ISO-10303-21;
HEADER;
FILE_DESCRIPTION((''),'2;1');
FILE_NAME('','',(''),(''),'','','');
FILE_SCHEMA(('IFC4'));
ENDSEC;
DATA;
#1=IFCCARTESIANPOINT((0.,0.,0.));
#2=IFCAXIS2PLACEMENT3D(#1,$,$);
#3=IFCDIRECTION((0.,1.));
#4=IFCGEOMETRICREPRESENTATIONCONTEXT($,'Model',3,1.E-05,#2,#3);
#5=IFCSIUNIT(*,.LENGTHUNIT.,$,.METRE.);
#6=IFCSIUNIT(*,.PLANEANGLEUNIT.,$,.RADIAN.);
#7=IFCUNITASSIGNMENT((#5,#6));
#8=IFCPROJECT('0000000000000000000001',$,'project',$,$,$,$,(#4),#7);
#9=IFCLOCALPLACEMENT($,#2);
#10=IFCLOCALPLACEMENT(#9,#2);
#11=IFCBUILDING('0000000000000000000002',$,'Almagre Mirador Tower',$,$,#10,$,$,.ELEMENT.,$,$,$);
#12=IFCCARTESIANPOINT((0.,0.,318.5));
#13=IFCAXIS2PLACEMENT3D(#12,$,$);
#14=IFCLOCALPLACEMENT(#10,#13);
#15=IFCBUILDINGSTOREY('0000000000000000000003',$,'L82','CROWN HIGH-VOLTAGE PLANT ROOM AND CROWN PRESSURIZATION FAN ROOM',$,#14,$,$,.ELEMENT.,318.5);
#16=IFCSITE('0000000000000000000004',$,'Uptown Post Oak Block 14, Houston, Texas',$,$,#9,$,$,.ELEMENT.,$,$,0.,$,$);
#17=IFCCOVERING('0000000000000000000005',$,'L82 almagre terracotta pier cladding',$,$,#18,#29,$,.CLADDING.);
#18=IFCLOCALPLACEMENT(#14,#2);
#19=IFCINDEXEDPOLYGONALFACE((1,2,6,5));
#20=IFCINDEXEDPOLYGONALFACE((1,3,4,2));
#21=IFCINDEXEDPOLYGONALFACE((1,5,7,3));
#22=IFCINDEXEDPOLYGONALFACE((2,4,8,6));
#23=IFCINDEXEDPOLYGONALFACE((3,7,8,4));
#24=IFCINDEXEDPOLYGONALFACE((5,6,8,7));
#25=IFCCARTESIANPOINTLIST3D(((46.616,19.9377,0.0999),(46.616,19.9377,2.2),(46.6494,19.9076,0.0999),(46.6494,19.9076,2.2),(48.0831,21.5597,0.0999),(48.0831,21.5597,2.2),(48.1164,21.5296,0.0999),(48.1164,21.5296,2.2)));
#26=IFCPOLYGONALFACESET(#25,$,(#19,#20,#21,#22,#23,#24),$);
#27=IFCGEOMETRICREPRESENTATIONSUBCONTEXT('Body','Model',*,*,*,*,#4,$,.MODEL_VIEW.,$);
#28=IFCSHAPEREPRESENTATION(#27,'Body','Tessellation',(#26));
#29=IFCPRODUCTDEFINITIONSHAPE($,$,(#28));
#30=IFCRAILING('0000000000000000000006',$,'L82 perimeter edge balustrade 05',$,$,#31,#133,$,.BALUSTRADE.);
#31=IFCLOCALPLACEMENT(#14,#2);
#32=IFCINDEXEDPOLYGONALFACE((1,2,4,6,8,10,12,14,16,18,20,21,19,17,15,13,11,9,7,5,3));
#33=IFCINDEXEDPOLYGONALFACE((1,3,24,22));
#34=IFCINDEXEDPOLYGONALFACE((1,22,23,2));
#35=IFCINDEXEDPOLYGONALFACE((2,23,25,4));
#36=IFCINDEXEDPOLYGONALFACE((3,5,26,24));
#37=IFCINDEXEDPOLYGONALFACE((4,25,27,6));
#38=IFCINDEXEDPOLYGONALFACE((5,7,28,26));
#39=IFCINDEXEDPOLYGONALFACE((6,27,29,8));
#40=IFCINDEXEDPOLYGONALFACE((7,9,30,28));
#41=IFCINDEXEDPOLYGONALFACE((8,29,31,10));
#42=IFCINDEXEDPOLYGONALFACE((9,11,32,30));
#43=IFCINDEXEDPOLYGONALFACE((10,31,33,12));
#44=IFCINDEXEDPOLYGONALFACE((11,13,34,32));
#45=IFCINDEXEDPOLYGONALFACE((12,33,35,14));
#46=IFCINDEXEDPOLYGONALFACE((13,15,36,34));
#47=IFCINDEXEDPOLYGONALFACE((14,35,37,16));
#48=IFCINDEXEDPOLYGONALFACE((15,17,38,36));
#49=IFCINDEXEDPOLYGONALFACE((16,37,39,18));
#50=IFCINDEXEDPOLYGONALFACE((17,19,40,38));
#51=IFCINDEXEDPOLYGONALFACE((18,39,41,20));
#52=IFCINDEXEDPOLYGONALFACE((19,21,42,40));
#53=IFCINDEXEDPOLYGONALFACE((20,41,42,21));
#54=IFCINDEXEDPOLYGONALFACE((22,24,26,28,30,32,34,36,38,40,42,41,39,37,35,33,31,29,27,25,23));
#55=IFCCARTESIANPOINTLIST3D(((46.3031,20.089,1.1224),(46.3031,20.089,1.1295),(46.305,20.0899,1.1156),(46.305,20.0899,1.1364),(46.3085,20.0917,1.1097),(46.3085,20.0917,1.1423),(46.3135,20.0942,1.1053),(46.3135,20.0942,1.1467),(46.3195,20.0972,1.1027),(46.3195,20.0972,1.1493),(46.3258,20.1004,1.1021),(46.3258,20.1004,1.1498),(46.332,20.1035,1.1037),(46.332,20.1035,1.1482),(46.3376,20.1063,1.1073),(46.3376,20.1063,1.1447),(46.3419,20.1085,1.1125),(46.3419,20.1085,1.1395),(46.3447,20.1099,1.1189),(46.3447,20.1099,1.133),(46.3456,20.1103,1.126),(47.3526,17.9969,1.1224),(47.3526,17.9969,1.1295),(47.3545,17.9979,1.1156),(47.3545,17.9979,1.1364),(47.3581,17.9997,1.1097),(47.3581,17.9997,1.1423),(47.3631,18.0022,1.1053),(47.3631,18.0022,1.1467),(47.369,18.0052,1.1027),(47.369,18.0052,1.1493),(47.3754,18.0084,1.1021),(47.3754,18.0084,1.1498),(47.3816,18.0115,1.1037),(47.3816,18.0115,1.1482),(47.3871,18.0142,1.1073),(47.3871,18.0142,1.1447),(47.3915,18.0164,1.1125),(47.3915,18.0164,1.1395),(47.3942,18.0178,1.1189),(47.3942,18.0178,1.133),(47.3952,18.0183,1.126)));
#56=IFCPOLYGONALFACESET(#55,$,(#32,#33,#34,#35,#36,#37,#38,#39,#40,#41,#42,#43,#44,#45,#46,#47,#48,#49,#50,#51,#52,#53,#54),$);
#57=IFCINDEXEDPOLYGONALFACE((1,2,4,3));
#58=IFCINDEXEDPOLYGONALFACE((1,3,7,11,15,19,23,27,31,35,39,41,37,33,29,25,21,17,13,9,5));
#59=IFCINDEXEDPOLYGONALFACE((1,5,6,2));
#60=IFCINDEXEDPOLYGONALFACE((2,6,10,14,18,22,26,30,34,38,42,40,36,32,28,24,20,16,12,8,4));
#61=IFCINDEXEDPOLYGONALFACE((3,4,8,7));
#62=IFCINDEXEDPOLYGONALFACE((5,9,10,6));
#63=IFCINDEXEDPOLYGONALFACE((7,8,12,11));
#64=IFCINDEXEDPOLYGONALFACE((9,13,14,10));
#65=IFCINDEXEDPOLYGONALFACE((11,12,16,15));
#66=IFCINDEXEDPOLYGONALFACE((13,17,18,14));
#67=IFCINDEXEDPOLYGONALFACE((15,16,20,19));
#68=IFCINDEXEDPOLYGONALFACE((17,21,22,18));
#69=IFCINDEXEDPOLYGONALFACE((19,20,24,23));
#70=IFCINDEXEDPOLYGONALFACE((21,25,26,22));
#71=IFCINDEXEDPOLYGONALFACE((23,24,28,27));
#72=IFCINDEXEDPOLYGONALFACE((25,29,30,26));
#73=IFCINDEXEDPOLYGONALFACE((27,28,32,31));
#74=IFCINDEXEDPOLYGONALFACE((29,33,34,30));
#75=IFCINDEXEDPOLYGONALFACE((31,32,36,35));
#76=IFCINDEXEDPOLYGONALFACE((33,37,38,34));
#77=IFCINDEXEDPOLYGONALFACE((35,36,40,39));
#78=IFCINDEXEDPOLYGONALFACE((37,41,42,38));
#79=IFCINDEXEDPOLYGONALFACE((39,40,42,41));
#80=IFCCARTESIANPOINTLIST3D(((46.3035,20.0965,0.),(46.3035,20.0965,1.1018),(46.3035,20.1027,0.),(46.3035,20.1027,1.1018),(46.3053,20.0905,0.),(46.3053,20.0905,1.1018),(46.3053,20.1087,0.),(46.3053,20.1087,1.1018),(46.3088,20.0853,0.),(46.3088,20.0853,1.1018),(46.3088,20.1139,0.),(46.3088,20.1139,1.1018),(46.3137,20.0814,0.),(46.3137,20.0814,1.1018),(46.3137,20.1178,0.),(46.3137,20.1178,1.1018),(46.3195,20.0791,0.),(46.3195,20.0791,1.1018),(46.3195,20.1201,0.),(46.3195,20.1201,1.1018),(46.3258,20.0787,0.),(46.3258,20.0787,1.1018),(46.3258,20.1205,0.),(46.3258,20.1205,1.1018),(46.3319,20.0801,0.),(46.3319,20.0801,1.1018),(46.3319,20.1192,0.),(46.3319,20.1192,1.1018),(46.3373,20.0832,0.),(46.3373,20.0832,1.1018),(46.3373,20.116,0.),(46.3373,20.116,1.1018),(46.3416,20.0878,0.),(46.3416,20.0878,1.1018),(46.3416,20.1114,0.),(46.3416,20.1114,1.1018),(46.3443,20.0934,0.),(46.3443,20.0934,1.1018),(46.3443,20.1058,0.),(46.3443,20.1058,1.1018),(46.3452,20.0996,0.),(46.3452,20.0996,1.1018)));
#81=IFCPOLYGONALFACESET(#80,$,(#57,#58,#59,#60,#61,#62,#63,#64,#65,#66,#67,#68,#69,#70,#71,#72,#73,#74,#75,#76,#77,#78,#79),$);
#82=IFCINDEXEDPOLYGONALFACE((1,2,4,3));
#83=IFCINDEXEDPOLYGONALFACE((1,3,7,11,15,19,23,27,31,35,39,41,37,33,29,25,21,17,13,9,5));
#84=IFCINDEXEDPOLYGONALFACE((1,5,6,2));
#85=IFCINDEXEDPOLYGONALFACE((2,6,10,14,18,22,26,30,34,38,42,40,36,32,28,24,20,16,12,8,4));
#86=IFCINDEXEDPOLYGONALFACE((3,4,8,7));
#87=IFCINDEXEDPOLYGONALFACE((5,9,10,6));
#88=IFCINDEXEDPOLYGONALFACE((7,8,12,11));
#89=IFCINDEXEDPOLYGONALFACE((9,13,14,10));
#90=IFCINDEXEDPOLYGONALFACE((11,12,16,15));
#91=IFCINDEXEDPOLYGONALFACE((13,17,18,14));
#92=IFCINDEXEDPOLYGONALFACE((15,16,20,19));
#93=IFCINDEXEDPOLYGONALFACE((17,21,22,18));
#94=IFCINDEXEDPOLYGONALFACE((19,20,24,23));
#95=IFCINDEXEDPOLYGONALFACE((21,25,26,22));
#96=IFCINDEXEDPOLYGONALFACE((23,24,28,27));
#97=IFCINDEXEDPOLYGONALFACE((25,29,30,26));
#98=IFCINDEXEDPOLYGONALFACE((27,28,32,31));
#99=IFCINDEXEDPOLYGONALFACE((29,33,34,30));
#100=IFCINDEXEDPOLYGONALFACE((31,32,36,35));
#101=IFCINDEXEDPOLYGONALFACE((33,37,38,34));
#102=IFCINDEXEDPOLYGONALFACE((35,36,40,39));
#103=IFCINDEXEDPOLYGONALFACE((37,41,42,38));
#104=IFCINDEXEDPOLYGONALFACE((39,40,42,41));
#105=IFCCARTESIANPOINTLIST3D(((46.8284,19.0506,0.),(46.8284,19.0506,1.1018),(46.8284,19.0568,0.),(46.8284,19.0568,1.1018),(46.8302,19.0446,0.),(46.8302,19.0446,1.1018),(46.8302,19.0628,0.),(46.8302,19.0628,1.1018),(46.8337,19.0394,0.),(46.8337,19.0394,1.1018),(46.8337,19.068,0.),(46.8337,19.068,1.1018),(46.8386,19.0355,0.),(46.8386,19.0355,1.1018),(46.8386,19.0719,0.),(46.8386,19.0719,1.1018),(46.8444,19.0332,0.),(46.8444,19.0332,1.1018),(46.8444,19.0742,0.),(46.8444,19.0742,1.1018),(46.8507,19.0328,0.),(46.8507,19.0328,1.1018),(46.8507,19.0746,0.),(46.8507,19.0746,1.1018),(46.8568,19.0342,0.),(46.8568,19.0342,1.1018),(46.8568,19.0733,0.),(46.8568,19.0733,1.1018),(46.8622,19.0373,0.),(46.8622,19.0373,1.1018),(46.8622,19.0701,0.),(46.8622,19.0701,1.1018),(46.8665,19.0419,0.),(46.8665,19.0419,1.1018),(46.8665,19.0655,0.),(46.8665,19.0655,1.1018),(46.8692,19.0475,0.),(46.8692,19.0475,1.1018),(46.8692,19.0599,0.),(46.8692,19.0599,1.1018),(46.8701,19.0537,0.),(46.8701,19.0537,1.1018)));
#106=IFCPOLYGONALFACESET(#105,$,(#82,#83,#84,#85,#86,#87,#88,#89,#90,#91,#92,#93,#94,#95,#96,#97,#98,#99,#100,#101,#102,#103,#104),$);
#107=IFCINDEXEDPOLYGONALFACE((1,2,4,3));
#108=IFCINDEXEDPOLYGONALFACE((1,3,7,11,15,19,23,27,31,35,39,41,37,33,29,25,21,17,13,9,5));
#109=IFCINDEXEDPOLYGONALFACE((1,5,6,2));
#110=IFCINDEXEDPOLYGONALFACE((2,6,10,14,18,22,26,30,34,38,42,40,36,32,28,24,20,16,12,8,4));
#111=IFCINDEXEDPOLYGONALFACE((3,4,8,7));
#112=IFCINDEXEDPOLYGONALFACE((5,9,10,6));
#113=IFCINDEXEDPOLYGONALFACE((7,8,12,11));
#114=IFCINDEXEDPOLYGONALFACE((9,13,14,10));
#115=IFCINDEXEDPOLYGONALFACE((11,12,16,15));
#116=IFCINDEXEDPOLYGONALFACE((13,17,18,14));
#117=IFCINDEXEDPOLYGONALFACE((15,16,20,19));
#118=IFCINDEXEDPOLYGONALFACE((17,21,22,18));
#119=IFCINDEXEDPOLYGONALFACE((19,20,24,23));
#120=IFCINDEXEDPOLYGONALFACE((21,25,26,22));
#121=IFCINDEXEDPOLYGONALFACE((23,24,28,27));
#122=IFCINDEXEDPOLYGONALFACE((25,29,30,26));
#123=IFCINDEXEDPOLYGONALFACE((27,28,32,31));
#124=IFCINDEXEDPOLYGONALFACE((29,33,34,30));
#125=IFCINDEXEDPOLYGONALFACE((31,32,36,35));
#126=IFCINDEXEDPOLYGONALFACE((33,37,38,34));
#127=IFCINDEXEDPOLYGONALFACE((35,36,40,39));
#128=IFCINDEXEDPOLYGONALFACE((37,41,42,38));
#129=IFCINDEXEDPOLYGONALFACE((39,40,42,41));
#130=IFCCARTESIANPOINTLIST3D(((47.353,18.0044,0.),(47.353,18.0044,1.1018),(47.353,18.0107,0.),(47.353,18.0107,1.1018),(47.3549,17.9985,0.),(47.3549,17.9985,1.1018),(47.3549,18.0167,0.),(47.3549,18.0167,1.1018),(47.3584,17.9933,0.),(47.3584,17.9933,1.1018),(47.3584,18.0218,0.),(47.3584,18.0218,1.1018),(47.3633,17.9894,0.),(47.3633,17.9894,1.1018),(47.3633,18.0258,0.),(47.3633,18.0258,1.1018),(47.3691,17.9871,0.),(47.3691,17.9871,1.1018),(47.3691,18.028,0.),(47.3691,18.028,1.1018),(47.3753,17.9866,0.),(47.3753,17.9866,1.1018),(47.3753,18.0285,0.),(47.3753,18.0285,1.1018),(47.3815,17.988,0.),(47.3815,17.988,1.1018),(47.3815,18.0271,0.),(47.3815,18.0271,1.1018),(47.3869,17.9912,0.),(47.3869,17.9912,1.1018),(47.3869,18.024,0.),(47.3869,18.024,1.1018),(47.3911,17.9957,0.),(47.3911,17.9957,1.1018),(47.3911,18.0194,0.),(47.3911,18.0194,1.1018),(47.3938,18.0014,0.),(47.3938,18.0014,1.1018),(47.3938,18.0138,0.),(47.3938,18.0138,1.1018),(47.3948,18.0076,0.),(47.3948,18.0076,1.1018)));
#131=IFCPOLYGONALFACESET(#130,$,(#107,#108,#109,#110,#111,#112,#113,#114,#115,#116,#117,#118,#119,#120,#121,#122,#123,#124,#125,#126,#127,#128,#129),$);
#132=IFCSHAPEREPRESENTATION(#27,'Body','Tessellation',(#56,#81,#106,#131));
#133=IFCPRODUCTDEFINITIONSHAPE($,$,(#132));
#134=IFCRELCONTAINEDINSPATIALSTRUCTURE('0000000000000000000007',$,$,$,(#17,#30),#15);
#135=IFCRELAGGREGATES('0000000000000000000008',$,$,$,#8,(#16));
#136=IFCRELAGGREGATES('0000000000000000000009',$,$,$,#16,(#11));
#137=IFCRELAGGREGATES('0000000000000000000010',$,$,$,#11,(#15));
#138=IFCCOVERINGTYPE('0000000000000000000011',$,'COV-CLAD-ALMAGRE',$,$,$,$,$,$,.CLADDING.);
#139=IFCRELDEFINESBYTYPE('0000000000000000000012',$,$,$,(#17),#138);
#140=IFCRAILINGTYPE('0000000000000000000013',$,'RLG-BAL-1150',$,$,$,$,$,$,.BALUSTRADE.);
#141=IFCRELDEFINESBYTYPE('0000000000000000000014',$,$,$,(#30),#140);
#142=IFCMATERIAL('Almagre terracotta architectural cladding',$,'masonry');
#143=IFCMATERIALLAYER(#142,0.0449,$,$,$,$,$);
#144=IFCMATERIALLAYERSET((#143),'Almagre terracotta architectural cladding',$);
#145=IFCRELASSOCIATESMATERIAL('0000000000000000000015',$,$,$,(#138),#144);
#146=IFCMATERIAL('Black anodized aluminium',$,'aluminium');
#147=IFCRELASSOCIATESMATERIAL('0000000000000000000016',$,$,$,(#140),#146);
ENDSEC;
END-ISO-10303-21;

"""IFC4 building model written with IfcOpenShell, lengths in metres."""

from ifc_helpers import new_model, si_unit, direction, frame, origin, origin_2d, place, context, subcontext, project, spatial, rectangle, circle, extrude, material, layer, layer_set, type_object, element, save


model = new_model("IFC4")

# Units and contexts
model_context = context("Model", 3, precision=1e-05, world=origin(), true_north=direction((0.0, 1.0)))
body_context = subcontext(model_context, "Body", "Model", "MODEL_VIEW")
ifc_project = project(units=[si_unit("LENGTHUNIT", "METRE"), si_unit("PLANEANGLEUNIT", "RADIAN")], contexts=[model_context])

# Site, building, storey
site_placement = place(None, origin())
site = spatial("IfcSite", under=ifc_project, at=site_placement, Name="Uptown Post Oak Block 14, Houston, Texas", CompositionType="ELEMENT", RefElevation=0.0)
building_placement = place(site_placement, origin())
building = spatial("IfcBuilding", under=site, at=building_placement, Name="Almagre Mirador Tower", CompositionType="ELEMENT")
storey_placement = place(building_placement, frame((0.0, 0.0, 318.5)))
storey = spatial("IfcBuildingStorey", under=building, at=storey_placement, Name="L82", Description="CROWN HIGH-VOLTAGE PLANT ROOM AND CROWN PRESSURIZATION FAN ROOM", CompositionType="ELEMENT", Elevation=318.5)

# Covering
ifc_material_1 = material(Name="Almagre terracotta architectural cladding", Category="masonry")
ifc_layer_1 = layer(ifc_material_1, 0.0449)
ifc_layer_set_1 = layer_set([ifc_layer_1], Name="Almagre terracotta architectural cladding")
covering_type = type_object("IfcCoveringType", Name="COV-CLAD-ALMAGRE", PredefinedType="CLADDING", material=ifc_layer_set_1)
covering_placement = place(storey_placement, frame((47.3662, 20.7336, 0.0999), z_axis=(0.0, 0.0, 1.0), x_axis=(-0.670789, -0.741648, 0.0)))
element("IfcCovering", 1, at=covering_placement, inside=storey, type_object=covering_type, Name="L82 almagre terracotta pier cladding", PredefinedType="CLADDING", context=body_context, shape_type="SweptSolid", body=[
    extrude(rectangle(XDim=2.187, YDim=0.0449, at=origin_2d()), origin(), (0.0, 0.0, 1.0), 2.1001),
])

# Railing
ifc_material_2 = material(Name="Black anodized aluminium", Category="aluminium")
railing_type = type_object("IfcRailingType", Name="RLG-BAL-1150", PredefinedType="BALUSTRADE", material=ifc_material_2)
railing_1_placement = place(storey_placement, frame((46.3242, 20.0996, 0.0)))
element("IfcRailing", 2, at=railing_1_placement, inside=storey, type_object=railing_type, Name="L82 perimeter edge balustrade 05", PredefinedType="BALUSTRADE", context=body_context, shape_type="SweptSolid", body=[
    extrude(circle(Radius=0.0239, at=origin_2d()), frame((0.0, 0.0, 1.126), z_axis=(0.448423, -0.893821, 0.0), x_axis=(0.893821, 0.448423, 0.0)), (0.0, 0.0, 1.0), 2.3406),
    extrude(circle(Radius=0.021, at=origin_2d()), origin(), (0.0, 0.0, 1.0), 1.1018),
    extrude(circle(Radius=0.021, at=origin_2d()), frame((0.5249, -1.0459, 0.0)), (0.0, 0.0, 1.0), 1.1018),
    extrude(circle(Radius=0.021, at=origin_2d()), frame((1.0496, -2.092, 0.0)), (0.0, 0.0, 1.0), 1.1018),
])

save(model, "model.ifc")
